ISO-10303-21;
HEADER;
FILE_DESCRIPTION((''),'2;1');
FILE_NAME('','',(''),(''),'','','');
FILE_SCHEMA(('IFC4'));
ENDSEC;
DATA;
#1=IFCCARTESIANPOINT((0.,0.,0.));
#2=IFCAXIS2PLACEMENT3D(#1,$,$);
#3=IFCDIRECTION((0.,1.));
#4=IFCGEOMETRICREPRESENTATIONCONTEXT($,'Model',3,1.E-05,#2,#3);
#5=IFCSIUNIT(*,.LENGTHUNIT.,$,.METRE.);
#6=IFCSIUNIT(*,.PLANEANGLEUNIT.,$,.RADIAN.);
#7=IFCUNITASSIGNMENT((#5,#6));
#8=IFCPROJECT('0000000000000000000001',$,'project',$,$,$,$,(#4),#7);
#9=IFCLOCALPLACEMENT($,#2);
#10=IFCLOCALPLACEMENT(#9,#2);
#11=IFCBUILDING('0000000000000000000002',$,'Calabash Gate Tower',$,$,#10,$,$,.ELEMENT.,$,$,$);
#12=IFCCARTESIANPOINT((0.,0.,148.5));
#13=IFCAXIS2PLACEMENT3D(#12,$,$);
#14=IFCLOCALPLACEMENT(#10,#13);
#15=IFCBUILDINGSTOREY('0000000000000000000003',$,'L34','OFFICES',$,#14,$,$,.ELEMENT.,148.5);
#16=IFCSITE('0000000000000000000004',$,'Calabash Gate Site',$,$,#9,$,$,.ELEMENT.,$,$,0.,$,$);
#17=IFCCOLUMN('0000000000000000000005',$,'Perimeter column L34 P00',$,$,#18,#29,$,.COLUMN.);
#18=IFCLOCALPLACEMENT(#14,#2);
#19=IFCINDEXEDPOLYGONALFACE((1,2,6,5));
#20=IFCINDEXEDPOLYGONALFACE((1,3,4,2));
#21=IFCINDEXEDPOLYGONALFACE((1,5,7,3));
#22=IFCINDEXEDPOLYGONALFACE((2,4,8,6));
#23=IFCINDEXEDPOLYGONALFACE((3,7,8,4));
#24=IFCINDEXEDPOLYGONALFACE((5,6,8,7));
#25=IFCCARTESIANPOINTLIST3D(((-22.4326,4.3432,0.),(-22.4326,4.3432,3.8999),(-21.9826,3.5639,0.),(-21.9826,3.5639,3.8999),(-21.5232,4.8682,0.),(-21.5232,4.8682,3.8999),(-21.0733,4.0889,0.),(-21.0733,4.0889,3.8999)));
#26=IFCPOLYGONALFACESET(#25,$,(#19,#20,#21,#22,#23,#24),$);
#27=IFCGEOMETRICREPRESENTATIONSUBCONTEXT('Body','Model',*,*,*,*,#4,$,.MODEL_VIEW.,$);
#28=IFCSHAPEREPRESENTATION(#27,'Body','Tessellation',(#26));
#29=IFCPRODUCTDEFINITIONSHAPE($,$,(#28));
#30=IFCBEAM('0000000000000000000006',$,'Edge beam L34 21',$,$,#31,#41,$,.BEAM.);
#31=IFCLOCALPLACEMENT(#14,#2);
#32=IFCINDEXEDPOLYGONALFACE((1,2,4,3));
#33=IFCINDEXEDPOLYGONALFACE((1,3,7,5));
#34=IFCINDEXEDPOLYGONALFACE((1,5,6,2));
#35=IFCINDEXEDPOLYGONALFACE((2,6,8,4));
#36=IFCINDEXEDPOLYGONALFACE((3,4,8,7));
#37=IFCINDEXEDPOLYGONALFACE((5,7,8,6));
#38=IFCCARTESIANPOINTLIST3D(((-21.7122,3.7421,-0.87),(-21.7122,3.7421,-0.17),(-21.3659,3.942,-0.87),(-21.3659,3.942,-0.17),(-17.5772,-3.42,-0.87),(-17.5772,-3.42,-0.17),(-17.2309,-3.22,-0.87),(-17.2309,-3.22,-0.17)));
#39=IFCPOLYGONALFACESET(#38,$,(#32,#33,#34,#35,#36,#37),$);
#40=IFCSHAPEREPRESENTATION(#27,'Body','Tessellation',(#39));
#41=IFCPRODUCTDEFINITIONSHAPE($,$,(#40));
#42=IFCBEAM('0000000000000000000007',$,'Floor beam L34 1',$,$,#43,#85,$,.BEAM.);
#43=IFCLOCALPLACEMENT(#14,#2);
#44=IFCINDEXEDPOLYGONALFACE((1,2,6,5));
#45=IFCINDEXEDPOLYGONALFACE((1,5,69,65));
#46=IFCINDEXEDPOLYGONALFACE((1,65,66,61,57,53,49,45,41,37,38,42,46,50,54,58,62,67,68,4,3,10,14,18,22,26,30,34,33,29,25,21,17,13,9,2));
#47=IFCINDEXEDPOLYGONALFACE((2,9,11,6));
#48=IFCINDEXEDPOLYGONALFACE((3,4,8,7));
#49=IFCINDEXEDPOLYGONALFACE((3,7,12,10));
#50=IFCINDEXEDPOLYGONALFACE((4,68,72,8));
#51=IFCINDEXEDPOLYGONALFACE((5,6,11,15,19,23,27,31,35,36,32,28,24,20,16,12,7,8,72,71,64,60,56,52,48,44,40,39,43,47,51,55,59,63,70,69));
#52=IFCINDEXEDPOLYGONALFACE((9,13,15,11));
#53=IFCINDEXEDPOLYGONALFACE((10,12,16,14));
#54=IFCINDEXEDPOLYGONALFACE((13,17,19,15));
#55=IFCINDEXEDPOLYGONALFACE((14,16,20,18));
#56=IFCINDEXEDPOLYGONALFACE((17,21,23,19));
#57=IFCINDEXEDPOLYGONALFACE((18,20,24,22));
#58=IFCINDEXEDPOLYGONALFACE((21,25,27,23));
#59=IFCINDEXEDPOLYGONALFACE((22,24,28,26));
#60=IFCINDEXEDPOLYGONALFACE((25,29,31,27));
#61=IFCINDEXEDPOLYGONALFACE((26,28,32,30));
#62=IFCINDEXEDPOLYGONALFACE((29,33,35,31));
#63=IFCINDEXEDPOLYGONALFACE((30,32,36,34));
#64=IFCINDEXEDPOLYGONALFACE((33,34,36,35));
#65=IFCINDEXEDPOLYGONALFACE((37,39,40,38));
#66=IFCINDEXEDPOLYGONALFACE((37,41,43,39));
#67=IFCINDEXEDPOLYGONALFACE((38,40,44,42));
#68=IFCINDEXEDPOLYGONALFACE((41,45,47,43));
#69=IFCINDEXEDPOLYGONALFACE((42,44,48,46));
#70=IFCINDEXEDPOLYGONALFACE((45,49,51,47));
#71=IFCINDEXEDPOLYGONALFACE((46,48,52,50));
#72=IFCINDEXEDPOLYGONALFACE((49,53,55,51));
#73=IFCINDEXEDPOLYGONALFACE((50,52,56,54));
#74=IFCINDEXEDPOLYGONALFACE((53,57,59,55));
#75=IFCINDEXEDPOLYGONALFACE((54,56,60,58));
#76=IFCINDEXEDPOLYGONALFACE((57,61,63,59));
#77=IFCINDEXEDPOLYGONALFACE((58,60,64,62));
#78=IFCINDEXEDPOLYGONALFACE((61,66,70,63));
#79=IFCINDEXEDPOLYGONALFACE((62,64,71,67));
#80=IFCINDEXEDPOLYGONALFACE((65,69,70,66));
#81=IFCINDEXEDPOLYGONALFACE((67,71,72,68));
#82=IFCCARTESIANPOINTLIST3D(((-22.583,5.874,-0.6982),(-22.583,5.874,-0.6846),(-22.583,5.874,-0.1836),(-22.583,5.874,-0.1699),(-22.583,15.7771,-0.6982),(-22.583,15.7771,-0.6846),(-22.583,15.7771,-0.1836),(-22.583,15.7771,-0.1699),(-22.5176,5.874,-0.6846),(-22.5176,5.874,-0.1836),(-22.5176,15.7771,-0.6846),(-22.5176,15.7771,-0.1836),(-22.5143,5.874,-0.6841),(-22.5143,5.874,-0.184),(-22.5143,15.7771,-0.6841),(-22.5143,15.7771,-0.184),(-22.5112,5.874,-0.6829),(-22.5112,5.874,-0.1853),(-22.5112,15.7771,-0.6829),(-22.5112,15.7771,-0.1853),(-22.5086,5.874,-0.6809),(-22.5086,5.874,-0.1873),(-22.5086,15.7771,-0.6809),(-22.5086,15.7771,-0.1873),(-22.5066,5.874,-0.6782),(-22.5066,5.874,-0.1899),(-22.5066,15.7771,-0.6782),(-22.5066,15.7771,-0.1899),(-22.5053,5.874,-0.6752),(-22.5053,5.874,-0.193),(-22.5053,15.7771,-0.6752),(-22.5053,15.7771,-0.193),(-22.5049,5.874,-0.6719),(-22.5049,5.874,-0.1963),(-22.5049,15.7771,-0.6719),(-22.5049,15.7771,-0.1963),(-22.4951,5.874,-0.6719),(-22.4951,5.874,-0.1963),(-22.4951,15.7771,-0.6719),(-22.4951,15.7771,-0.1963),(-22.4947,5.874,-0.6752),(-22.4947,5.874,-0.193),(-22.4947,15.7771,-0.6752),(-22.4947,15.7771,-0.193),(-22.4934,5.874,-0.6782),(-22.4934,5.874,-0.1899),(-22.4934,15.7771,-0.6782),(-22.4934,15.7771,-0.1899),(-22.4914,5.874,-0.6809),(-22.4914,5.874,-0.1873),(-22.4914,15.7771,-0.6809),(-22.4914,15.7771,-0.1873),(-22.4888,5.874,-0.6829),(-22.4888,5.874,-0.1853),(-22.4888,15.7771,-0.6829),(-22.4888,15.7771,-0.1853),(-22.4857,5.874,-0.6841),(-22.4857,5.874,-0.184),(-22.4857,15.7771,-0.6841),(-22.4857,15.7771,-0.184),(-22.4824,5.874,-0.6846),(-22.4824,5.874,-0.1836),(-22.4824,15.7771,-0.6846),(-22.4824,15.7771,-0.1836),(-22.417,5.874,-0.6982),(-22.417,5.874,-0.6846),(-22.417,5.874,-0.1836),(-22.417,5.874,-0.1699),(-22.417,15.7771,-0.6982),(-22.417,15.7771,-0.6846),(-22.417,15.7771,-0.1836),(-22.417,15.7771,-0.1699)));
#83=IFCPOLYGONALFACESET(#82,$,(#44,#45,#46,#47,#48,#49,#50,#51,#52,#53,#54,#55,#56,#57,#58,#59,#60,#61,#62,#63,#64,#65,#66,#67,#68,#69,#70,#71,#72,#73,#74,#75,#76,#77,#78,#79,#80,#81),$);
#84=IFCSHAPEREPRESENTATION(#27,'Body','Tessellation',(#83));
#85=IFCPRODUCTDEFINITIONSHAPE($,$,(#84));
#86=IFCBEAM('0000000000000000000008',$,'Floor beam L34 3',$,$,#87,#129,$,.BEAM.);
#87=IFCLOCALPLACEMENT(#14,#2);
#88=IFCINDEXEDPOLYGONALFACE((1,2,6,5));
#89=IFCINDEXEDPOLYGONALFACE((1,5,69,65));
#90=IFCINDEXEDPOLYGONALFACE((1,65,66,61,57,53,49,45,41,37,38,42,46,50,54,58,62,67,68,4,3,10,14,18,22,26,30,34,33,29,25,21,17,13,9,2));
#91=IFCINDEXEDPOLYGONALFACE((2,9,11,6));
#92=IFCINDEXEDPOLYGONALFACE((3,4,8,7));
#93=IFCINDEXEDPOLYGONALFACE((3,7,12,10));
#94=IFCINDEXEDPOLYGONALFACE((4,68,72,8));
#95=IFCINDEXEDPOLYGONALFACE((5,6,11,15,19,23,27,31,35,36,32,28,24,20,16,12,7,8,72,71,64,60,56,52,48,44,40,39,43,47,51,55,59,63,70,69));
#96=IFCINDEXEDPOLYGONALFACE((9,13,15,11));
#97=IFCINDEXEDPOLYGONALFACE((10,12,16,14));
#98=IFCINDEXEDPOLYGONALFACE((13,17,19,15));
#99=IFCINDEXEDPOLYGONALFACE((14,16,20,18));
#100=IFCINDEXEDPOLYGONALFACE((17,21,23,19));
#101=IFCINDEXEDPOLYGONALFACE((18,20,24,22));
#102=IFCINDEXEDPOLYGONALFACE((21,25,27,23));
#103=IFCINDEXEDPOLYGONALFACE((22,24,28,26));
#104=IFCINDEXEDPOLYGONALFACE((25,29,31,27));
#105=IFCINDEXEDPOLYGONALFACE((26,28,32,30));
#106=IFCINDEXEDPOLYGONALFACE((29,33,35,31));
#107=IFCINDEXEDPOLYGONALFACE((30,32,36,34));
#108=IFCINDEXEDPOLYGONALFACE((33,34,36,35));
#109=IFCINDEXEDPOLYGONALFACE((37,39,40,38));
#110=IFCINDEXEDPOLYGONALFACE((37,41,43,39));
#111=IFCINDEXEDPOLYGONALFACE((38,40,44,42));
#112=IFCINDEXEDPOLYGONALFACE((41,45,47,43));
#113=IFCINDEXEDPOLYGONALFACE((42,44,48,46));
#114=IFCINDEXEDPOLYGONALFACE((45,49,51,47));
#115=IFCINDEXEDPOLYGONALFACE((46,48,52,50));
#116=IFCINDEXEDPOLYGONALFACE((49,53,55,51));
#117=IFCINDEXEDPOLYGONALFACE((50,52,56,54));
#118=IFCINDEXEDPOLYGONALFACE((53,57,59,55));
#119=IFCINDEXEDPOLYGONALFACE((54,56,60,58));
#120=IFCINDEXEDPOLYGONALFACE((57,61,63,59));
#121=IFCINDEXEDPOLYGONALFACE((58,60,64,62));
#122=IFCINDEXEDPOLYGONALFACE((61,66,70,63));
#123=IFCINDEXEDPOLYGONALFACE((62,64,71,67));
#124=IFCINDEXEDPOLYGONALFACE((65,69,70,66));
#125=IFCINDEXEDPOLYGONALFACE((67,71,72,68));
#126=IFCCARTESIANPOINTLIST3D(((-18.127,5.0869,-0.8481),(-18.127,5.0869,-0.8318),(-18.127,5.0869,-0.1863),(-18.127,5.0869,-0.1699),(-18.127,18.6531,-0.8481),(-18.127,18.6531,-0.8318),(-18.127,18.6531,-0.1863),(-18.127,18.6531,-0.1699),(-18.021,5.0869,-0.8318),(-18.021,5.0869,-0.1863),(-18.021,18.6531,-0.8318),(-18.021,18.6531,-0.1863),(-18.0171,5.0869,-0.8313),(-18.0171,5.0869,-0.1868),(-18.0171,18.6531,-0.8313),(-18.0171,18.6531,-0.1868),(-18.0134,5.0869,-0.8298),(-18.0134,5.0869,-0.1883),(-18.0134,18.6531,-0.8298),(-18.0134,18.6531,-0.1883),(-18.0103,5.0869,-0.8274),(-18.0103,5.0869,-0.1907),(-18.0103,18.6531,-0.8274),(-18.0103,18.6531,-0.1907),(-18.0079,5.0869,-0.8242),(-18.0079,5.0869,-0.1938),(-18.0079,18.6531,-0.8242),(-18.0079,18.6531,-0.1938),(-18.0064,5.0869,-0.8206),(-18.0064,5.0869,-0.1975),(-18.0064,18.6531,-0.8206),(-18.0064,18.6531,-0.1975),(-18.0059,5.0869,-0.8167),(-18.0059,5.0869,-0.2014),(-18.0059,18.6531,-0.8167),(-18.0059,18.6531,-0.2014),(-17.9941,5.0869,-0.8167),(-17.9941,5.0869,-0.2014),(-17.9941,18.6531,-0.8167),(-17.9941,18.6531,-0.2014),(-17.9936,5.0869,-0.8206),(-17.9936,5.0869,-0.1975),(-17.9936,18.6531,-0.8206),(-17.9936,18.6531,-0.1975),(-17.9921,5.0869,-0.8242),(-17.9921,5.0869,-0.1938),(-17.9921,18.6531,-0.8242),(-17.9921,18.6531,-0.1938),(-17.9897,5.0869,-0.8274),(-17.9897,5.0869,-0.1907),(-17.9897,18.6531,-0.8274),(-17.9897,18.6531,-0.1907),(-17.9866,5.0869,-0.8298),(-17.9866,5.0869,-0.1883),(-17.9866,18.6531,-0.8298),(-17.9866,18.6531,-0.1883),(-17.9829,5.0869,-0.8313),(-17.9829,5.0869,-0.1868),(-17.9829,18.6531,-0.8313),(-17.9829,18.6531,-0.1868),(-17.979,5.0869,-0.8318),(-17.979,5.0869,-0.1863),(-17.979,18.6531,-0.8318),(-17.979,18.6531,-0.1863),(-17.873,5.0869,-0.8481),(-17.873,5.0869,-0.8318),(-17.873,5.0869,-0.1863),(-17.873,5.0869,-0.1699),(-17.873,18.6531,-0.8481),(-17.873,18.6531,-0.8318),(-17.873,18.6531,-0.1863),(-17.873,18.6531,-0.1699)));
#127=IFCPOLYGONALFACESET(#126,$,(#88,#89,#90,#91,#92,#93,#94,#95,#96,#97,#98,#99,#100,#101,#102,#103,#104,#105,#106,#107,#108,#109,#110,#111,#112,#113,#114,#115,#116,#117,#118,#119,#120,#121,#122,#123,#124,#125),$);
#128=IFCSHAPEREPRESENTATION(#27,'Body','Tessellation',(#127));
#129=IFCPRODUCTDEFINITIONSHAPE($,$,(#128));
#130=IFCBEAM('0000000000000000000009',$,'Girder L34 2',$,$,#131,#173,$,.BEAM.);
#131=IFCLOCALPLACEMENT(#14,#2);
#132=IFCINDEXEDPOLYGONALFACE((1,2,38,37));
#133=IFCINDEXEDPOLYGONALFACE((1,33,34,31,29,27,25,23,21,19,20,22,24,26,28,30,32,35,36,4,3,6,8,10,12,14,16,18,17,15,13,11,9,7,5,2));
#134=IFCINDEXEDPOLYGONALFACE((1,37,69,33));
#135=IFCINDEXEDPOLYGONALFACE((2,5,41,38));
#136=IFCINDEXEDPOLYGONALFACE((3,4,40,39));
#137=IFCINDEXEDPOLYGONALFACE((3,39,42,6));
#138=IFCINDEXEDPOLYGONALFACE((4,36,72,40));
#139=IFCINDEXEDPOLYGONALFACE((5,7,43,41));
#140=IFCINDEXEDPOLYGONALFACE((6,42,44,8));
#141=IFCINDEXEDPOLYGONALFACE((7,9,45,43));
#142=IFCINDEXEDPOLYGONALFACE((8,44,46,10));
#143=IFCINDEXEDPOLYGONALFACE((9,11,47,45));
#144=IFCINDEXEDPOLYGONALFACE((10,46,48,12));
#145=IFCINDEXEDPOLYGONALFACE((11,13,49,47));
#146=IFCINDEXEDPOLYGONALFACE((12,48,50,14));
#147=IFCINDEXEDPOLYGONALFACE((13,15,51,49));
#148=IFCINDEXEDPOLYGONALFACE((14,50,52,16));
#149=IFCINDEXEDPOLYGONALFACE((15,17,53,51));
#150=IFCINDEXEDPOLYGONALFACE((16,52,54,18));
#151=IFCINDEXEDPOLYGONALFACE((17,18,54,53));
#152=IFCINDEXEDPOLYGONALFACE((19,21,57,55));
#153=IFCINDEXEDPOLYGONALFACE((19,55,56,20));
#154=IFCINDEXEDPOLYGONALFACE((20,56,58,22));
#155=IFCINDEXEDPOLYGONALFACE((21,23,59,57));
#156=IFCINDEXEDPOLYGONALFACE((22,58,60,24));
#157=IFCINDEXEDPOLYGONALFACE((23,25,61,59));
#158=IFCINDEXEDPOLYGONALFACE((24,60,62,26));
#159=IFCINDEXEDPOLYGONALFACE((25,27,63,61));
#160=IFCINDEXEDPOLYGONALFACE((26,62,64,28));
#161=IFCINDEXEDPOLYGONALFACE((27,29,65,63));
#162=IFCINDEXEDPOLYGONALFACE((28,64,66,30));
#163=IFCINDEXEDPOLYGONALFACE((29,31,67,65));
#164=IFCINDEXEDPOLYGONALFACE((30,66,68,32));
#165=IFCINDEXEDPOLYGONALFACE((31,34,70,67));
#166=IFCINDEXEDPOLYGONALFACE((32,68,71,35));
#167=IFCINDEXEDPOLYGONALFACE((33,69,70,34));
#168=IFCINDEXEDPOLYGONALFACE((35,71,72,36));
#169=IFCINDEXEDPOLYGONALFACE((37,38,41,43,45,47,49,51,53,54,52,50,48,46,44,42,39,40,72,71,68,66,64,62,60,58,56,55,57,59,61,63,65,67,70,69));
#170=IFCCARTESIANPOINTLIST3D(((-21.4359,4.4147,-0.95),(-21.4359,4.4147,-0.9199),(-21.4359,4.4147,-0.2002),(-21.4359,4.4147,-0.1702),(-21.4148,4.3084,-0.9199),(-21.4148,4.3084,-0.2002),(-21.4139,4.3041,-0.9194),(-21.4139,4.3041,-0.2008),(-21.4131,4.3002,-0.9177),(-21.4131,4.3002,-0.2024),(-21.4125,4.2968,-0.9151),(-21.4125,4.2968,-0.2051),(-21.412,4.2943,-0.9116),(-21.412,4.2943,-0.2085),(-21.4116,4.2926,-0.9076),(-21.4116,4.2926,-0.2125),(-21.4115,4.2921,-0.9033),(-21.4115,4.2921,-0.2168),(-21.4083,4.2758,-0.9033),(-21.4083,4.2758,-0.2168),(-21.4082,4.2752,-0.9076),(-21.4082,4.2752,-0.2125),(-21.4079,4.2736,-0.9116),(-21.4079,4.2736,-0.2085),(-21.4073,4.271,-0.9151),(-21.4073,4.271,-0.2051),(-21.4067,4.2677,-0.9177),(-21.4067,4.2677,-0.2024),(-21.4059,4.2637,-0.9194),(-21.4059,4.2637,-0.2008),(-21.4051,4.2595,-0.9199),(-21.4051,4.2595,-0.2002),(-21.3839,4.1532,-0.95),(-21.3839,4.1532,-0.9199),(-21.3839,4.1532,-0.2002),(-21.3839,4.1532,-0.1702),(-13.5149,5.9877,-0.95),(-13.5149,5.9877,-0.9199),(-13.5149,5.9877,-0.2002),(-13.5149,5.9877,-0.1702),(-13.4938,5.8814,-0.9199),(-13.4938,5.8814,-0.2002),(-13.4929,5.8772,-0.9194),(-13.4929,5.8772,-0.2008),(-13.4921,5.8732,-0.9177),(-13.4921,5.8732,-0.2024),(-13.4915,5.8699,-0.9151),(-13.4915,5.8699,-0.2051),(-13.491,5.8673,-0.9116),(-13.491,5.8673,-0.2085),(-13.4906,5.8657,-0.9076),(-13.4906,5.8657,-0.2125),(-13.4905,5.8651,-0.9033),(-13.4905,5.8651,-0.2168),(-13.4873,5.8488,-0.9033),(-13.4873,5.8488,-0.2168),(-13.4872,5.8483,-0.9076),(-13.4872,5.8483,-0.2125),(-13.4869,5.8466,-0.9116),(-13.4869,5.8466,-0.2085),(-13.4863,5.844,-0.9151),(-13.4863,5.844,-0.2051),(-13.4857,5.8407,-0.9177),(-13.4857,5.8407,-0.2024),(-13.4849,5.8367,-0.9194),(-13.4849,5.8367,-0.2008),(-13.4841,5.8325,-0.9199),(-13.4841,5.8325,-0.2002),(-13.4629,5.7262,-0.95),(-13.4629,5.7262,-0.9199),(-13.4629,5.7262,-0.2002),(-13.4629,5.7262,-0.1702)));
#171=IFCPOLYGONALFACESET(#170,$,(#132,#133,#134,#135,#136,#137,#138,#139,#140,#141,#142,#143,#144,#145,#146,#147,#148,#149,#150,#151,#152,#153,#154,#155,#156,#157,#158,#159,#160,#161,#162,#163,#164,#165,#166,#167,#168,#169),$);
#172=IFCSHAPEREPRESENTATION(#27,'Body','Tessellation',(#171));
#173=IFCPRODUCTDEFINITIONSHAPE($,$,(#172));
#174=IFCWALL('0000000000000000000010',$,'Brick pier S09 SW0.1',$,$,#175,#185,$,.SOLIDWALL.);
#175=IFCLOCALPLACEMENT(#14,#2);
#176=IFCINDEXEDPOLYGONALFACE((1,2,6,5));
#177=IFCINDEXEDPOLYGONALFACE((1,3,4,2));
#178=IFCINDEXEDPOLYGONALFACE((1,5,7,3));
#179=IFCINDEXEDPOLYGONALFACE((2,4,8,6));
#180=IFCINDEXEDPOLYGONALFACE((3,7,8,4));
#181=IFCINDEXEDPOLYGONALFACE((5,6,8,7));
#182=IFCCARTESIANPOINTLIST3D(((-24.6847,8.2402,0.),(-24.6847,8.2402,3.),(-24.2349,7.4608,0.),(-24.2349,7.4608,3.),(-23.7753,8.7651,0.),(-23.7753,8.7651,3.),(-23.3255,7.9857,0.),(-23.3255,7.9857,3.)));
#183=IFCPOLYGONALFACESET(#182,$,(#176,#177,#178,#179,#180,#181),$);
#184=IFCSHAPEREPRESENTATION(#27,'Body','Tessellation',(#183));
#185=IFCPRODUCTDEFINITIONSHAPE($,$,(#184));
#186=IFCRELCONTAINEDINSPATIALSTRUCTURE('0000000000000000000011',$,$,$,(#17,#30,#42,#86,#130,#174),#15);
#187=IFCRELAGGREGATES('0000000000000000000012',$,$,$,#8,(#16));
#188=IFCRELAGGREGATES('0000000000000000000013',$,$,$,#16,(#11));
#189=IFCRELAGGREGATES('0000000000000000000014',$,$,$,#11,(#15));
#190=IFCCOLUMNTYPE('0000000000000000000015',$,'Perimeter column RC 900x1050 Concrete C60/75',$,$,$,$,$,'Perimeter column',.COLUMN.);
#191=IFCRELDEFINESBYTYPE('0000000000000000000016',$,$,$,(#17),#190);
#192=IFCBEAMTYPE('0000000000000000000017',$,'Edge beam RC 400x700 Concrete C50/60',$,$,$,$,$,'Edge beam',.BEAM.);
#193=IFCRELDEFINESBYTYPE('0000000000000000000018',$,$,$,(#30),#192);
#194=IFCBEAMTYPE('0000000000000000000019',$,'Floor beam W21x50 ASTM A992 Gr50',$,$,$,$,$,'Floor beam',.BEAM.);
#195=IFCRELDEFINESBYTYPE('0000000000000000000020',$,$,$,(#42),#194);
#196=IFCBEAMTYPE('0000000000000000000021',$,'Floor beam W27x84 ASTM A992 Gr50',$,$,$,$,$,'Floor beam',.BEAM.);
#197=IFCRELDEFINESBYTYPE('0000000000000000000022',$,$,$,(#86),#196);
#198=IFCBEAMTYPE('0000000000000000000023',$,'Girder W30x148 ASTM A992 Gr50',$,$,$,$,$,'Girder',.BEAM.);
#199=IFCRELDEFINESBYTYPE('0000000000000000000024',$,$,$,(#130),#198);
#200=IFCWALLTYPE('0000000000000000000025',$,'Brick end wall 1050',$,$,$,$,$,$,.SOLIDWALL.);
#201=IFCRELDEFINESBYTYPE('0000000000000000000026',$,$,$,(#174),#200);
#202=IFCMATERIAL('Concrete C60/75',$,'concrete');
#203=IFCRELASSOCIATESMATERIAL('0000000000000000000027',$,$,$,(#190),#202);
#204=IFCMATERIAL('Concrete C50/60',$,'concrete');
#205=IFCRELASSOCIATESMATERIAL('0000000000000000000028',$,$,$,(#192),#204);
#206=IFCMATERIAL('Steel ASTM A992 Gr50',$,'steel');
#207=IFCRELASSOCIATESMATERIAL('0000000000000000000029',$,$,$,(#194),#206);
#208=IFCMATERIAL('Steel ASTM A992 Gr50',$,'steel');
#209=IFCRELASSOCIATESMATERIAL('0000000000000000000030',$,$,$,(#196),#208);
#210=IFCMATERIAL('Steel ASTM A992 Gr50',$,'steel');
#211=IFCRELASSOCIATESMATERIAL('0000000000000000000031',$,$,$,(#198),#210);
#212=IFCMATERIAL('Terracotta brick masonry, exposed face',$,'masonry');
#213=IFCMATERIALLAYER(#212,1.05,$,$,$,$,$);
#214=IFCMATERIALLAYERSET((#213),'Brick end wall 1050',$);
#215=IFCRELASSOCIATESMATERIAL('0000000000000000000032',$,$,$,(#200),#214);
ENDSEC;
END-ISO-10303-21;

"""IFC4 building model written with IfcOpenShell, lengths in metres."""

from ifc_helpers import new_model, si_unit, direction, frame, frame_2d, origin, origin_2d, place, context, subcontext, project, spatial, rectangle, i_section, extrude, material, layer, layer_set, material_profile, profile_set, type_object, element, save


model = new_model("IFC4")

# Units and contexts
model_context = context("Model", 3, precision=1e-05, world=origin(), true_north=direction((0.0, 1.0)))
body_context = subcontext(model_context, "Body", "Model", "MODEL_VIEW")
ifc_project = project(units=[si_unit("LENGTHUNIT", "METRE"), si_unit("PLANEANGLEUNIT", "RADIAN")], contexts=[model_context])

# Site, building, storey
site_placement = place(None, origin())
site = spatial("IfcSite", under=ifc_project, at=site_placement, Name="Calabash Gate Site", CompositionType="ELEMENT", RefElevation=0.0)
building_placement = place(site_placement, origin())
building = spatial("IfcBuilding", under=site, at=building_placement, Name="Calabash Gate Tower", CompositionType="ELEMENT")
storey_placement = place(building_placement, frame((0.0, 0.0, 148.5)))
storey = spatial("IfcBuildingStorey", under=building, at=storey_placement, Name="L34", Description="OFFICES", CompositionType="ELEMENT", Elevation=148.5)

# Column
ifc_material_1 = material(Name="Concrete C60/75", Category="concrete")
ifc_material_profile_1 = material_profile(ifc_material_1, rectangle(XDim=0.8999, YDim=1.05, at=origin_2d()))
ifc_profile_set_1 = profile_set([ifc_material_profile_1], Name="Concrete C60/75")
column_type = type_object("IfcColumnType", Name="Perimeter column RC 900x1050 Concrete C60/75", ElementType="Perimeter column", PredefinedType="COLUMN", material=ifc_profile_set_1)
column_placement = place(storey_placement, frame((-21.7529, 4.2161, 0.0), z_axis=(0.0, 0.0, 1.0), x_axis=(0.5, -0.866025, 0.0)))
element("IfcColumn", 1, at=column_placement, inside=storey, type_object=column_type, Name="Perimeter column L34 P00", PredefinedType="COLUMN", context=body_context, shape_type="SweptSolid", body=[
    extrude(rectangle(XDim=0.8999, YDim=1.05, at=origin_2d()), origin(), (0.0, 0.0, 1.0), 3.8999),
])

# Beams
ifc_material_2 = material(Name="Concrete C50/60", Category="concrete")
ifc_material_profile_2 = material_profile(ifc_material_2, rectangle(XDim=0.3999, YDim=0.7, at=origin_2d()))
ifc_profile_set_2 = profile_set([ifc_material_profile_2], Name="Concrete C50/60")
beam_type_1 = type_object("IfcBeamType", Name="Edge beam RC 400x700 Concrete C50/60", ElementType="Edge beam", PredefinedType="BEAM", material=ifc_profile_set_2)
beam_1_placement = place(storey_placement, frame((-21.5391, 3.842, -0.52), z_axis=(0.499997, -0.866027, 0.0), x_axis=(0.866027, 0.499997, 0.0)))
element("IfcBeam", 2, at=beam_1_placement, inside=storey, type_object=beam_type_1, Name="Edge beam L34 21", PredefinedType="BEAM", context=body_context, shape_type="SweptSolid", body=[
    extrude(rectangle(XDim=0.3999, YDim=0.7, at=origin_2d()), origin(), (0.0, 0.0, 1.0), 8.27),
])
ifc_material_3 = material(Name="Steel ASTM A992 Gr50", Category="steel")
ifc_material_profile_3 = material_profile(ifc_material_3, i_section(OverallWidth=0.166, OverallDepth=0.5283, WebThickness=0.0098, FlangeThickness=0.0137, FilletRadius=0.0127, at=origin_2d()))
ifc_profile_set_3 = profile_set([ifc_material_profile_3], Name="Steel ASTM A992 Gr50")
beam_type_2 = type_object("IfcBeamType", Name="Floor beam W21x50 ASTM A992 Gr50", ElementType="Floor beam", PredefinedType="BEAM", material=ifc_profile_set_3)
beam_2_placement = place(storey_placement, frame((-22.5, 5.874, -0.4341), z_axis=(0.0, 1.0, 0.0), x_axis=(-1.0, 0.0, 0.0)))
element("IfcBeam", 3, at=beam_2_placement, inside=storey, type_object=beam_type_2, Name="Floor beam L34 1", PredefinedType="BEAM", context=body_context, shape_type="SweptSolid", body=[
    extrude(i_section(OverallWidth=0.166, OverallDepth=0.5283, WebThickness=0.0098, FlangeThickness=0.0137, FilletRadius=0.0127, at=origin_2d()), origin(), (0.0, 0.0, 1.0), 9.9031),
])
ifc_material_4 = material(Name="Steel ASTM A992 Gr50", Category="steel")
ifc_material_profile_4 = material_profile(ifc_material_4, i_section(OverallWidth=0.2539, OverallDepth=0.6782, WebThickness=0.0117, FlangeThickness=0.0164, FilletRadius=0.0151, at=origin_2d()))
ifc_profile_set_4 = profile_set([ifc_material_profile_4], Name="Steel ASTM A992 Gr50")
beam_type_3 = type_object("IfcBeamType", Name="Floor beam W27x84 ASTM A992 Gr50", ElementType="Floor beam", PredefinedType="BEAM", material=ifc_profile_set_4)
beam_3_placement = place(storey_placement, frame((-18.0, 5.0869, -0.509), z_axis=(0.0, 1.0, 0.0), x_axis=(-1.0, 0.0, 0.0)))
element("IfcBeam", 4, at=beam_3_placement, inside=storey, type_object=beam_type_3, Name="Floor beam L34 3", PredefinedType="BEAM", context=body_context, shape_type="SweptSolid", body=[
    extrude(i_section(OverallWidth=0.2539, OverallDepth=0.6782, WebThickness=0.0117, FlangeThickness=0.0164, FilletRadius=0.0151, at=origin_2d()), origin(), (0.0, 0.0, 1.0), 13.5662),
])
ifc_material_5 = material(Name="Steel ASTM A992 Gr50", Category="steel")
ifc_material_profile_5 = material_profile(ifc_material_5, i_section(OverallWidth=0.2666, OverallDepth=0.7798, WebThickness=0.0166, FlangeThickness=0.03, FilletRadius=0.0166, at=origin_2d()))
ifc_profile_set_5 = profile_set([ifc_material_profile_5], Name="Steel ASTM A992 Gr50")
beam_type_4 = type_object("IfcBeamType", Name="Girder W30x148 ASTM A992 Gr50", ElementType="Girder", PredefinedType="BEAM", material=ifc_profile_set_5)
beam_4_placement = place(storey_placement, frame((-21.4099, 4.2839, -0.5601), z_axis=(0.980846, 0.194785, 0.0), x_axis=(-0.194785, 0.980846, 0.0)))
element("IfcBeam", 5, at=beam_4_placement, inside=storey, type_object=beam_type_4, Name="Girder L34 2", PredefinedType="BEAM", context=body_context, shape_type="SweptSolid", body=[
    extrude(i_section(OverallWidth=0.2666, OverallDepth=0.7798, WebThickness=0.0166, FlangeThickness=0.03, FilletRadius=0.0166, at=origin_2d()), origin(), (0.0, 0.0, 1.0), 8.0757),
])

# Wall
ifc_material_6 = material(Name="Terracotta brick masonry, exposed face", Category="masonry")
ifc_layer_1 = layer(ifc_material_6, 1.05)
ifc_layer_set_1 = layer_set([ifc_layer_1], Name="Brick end wall 1050")
wall_type_1 = type_object("IfcWallType", Name="Brick end wall 1050", PredefinedType="SOLIDWALL", material=ifc_layer_set_1)
wall_1_placement = place(storey_placement, frame((-24.4597, 7.8506, 0.0), z_axis=(0.0, 0.0, 1.0), x_axis=(0.866089, 0.49989, 0.0)))
element("IfcWall", 6, at=wall_1_placement, inside=storey, type_object=wall_type_1, Name="Brick pier S09 SW0.1", PredefinedType="SOLIDWALL", context=body_context, shape_type="SweptSolid", body=[
    extrude(rectangle(XDim=1.05, YDim=0.8999, at=frame_2d((0.5249, 0.0))), origin(), (0.0, 0.0, 1.0), 3.0),
])

save(model, "model.ifc")
